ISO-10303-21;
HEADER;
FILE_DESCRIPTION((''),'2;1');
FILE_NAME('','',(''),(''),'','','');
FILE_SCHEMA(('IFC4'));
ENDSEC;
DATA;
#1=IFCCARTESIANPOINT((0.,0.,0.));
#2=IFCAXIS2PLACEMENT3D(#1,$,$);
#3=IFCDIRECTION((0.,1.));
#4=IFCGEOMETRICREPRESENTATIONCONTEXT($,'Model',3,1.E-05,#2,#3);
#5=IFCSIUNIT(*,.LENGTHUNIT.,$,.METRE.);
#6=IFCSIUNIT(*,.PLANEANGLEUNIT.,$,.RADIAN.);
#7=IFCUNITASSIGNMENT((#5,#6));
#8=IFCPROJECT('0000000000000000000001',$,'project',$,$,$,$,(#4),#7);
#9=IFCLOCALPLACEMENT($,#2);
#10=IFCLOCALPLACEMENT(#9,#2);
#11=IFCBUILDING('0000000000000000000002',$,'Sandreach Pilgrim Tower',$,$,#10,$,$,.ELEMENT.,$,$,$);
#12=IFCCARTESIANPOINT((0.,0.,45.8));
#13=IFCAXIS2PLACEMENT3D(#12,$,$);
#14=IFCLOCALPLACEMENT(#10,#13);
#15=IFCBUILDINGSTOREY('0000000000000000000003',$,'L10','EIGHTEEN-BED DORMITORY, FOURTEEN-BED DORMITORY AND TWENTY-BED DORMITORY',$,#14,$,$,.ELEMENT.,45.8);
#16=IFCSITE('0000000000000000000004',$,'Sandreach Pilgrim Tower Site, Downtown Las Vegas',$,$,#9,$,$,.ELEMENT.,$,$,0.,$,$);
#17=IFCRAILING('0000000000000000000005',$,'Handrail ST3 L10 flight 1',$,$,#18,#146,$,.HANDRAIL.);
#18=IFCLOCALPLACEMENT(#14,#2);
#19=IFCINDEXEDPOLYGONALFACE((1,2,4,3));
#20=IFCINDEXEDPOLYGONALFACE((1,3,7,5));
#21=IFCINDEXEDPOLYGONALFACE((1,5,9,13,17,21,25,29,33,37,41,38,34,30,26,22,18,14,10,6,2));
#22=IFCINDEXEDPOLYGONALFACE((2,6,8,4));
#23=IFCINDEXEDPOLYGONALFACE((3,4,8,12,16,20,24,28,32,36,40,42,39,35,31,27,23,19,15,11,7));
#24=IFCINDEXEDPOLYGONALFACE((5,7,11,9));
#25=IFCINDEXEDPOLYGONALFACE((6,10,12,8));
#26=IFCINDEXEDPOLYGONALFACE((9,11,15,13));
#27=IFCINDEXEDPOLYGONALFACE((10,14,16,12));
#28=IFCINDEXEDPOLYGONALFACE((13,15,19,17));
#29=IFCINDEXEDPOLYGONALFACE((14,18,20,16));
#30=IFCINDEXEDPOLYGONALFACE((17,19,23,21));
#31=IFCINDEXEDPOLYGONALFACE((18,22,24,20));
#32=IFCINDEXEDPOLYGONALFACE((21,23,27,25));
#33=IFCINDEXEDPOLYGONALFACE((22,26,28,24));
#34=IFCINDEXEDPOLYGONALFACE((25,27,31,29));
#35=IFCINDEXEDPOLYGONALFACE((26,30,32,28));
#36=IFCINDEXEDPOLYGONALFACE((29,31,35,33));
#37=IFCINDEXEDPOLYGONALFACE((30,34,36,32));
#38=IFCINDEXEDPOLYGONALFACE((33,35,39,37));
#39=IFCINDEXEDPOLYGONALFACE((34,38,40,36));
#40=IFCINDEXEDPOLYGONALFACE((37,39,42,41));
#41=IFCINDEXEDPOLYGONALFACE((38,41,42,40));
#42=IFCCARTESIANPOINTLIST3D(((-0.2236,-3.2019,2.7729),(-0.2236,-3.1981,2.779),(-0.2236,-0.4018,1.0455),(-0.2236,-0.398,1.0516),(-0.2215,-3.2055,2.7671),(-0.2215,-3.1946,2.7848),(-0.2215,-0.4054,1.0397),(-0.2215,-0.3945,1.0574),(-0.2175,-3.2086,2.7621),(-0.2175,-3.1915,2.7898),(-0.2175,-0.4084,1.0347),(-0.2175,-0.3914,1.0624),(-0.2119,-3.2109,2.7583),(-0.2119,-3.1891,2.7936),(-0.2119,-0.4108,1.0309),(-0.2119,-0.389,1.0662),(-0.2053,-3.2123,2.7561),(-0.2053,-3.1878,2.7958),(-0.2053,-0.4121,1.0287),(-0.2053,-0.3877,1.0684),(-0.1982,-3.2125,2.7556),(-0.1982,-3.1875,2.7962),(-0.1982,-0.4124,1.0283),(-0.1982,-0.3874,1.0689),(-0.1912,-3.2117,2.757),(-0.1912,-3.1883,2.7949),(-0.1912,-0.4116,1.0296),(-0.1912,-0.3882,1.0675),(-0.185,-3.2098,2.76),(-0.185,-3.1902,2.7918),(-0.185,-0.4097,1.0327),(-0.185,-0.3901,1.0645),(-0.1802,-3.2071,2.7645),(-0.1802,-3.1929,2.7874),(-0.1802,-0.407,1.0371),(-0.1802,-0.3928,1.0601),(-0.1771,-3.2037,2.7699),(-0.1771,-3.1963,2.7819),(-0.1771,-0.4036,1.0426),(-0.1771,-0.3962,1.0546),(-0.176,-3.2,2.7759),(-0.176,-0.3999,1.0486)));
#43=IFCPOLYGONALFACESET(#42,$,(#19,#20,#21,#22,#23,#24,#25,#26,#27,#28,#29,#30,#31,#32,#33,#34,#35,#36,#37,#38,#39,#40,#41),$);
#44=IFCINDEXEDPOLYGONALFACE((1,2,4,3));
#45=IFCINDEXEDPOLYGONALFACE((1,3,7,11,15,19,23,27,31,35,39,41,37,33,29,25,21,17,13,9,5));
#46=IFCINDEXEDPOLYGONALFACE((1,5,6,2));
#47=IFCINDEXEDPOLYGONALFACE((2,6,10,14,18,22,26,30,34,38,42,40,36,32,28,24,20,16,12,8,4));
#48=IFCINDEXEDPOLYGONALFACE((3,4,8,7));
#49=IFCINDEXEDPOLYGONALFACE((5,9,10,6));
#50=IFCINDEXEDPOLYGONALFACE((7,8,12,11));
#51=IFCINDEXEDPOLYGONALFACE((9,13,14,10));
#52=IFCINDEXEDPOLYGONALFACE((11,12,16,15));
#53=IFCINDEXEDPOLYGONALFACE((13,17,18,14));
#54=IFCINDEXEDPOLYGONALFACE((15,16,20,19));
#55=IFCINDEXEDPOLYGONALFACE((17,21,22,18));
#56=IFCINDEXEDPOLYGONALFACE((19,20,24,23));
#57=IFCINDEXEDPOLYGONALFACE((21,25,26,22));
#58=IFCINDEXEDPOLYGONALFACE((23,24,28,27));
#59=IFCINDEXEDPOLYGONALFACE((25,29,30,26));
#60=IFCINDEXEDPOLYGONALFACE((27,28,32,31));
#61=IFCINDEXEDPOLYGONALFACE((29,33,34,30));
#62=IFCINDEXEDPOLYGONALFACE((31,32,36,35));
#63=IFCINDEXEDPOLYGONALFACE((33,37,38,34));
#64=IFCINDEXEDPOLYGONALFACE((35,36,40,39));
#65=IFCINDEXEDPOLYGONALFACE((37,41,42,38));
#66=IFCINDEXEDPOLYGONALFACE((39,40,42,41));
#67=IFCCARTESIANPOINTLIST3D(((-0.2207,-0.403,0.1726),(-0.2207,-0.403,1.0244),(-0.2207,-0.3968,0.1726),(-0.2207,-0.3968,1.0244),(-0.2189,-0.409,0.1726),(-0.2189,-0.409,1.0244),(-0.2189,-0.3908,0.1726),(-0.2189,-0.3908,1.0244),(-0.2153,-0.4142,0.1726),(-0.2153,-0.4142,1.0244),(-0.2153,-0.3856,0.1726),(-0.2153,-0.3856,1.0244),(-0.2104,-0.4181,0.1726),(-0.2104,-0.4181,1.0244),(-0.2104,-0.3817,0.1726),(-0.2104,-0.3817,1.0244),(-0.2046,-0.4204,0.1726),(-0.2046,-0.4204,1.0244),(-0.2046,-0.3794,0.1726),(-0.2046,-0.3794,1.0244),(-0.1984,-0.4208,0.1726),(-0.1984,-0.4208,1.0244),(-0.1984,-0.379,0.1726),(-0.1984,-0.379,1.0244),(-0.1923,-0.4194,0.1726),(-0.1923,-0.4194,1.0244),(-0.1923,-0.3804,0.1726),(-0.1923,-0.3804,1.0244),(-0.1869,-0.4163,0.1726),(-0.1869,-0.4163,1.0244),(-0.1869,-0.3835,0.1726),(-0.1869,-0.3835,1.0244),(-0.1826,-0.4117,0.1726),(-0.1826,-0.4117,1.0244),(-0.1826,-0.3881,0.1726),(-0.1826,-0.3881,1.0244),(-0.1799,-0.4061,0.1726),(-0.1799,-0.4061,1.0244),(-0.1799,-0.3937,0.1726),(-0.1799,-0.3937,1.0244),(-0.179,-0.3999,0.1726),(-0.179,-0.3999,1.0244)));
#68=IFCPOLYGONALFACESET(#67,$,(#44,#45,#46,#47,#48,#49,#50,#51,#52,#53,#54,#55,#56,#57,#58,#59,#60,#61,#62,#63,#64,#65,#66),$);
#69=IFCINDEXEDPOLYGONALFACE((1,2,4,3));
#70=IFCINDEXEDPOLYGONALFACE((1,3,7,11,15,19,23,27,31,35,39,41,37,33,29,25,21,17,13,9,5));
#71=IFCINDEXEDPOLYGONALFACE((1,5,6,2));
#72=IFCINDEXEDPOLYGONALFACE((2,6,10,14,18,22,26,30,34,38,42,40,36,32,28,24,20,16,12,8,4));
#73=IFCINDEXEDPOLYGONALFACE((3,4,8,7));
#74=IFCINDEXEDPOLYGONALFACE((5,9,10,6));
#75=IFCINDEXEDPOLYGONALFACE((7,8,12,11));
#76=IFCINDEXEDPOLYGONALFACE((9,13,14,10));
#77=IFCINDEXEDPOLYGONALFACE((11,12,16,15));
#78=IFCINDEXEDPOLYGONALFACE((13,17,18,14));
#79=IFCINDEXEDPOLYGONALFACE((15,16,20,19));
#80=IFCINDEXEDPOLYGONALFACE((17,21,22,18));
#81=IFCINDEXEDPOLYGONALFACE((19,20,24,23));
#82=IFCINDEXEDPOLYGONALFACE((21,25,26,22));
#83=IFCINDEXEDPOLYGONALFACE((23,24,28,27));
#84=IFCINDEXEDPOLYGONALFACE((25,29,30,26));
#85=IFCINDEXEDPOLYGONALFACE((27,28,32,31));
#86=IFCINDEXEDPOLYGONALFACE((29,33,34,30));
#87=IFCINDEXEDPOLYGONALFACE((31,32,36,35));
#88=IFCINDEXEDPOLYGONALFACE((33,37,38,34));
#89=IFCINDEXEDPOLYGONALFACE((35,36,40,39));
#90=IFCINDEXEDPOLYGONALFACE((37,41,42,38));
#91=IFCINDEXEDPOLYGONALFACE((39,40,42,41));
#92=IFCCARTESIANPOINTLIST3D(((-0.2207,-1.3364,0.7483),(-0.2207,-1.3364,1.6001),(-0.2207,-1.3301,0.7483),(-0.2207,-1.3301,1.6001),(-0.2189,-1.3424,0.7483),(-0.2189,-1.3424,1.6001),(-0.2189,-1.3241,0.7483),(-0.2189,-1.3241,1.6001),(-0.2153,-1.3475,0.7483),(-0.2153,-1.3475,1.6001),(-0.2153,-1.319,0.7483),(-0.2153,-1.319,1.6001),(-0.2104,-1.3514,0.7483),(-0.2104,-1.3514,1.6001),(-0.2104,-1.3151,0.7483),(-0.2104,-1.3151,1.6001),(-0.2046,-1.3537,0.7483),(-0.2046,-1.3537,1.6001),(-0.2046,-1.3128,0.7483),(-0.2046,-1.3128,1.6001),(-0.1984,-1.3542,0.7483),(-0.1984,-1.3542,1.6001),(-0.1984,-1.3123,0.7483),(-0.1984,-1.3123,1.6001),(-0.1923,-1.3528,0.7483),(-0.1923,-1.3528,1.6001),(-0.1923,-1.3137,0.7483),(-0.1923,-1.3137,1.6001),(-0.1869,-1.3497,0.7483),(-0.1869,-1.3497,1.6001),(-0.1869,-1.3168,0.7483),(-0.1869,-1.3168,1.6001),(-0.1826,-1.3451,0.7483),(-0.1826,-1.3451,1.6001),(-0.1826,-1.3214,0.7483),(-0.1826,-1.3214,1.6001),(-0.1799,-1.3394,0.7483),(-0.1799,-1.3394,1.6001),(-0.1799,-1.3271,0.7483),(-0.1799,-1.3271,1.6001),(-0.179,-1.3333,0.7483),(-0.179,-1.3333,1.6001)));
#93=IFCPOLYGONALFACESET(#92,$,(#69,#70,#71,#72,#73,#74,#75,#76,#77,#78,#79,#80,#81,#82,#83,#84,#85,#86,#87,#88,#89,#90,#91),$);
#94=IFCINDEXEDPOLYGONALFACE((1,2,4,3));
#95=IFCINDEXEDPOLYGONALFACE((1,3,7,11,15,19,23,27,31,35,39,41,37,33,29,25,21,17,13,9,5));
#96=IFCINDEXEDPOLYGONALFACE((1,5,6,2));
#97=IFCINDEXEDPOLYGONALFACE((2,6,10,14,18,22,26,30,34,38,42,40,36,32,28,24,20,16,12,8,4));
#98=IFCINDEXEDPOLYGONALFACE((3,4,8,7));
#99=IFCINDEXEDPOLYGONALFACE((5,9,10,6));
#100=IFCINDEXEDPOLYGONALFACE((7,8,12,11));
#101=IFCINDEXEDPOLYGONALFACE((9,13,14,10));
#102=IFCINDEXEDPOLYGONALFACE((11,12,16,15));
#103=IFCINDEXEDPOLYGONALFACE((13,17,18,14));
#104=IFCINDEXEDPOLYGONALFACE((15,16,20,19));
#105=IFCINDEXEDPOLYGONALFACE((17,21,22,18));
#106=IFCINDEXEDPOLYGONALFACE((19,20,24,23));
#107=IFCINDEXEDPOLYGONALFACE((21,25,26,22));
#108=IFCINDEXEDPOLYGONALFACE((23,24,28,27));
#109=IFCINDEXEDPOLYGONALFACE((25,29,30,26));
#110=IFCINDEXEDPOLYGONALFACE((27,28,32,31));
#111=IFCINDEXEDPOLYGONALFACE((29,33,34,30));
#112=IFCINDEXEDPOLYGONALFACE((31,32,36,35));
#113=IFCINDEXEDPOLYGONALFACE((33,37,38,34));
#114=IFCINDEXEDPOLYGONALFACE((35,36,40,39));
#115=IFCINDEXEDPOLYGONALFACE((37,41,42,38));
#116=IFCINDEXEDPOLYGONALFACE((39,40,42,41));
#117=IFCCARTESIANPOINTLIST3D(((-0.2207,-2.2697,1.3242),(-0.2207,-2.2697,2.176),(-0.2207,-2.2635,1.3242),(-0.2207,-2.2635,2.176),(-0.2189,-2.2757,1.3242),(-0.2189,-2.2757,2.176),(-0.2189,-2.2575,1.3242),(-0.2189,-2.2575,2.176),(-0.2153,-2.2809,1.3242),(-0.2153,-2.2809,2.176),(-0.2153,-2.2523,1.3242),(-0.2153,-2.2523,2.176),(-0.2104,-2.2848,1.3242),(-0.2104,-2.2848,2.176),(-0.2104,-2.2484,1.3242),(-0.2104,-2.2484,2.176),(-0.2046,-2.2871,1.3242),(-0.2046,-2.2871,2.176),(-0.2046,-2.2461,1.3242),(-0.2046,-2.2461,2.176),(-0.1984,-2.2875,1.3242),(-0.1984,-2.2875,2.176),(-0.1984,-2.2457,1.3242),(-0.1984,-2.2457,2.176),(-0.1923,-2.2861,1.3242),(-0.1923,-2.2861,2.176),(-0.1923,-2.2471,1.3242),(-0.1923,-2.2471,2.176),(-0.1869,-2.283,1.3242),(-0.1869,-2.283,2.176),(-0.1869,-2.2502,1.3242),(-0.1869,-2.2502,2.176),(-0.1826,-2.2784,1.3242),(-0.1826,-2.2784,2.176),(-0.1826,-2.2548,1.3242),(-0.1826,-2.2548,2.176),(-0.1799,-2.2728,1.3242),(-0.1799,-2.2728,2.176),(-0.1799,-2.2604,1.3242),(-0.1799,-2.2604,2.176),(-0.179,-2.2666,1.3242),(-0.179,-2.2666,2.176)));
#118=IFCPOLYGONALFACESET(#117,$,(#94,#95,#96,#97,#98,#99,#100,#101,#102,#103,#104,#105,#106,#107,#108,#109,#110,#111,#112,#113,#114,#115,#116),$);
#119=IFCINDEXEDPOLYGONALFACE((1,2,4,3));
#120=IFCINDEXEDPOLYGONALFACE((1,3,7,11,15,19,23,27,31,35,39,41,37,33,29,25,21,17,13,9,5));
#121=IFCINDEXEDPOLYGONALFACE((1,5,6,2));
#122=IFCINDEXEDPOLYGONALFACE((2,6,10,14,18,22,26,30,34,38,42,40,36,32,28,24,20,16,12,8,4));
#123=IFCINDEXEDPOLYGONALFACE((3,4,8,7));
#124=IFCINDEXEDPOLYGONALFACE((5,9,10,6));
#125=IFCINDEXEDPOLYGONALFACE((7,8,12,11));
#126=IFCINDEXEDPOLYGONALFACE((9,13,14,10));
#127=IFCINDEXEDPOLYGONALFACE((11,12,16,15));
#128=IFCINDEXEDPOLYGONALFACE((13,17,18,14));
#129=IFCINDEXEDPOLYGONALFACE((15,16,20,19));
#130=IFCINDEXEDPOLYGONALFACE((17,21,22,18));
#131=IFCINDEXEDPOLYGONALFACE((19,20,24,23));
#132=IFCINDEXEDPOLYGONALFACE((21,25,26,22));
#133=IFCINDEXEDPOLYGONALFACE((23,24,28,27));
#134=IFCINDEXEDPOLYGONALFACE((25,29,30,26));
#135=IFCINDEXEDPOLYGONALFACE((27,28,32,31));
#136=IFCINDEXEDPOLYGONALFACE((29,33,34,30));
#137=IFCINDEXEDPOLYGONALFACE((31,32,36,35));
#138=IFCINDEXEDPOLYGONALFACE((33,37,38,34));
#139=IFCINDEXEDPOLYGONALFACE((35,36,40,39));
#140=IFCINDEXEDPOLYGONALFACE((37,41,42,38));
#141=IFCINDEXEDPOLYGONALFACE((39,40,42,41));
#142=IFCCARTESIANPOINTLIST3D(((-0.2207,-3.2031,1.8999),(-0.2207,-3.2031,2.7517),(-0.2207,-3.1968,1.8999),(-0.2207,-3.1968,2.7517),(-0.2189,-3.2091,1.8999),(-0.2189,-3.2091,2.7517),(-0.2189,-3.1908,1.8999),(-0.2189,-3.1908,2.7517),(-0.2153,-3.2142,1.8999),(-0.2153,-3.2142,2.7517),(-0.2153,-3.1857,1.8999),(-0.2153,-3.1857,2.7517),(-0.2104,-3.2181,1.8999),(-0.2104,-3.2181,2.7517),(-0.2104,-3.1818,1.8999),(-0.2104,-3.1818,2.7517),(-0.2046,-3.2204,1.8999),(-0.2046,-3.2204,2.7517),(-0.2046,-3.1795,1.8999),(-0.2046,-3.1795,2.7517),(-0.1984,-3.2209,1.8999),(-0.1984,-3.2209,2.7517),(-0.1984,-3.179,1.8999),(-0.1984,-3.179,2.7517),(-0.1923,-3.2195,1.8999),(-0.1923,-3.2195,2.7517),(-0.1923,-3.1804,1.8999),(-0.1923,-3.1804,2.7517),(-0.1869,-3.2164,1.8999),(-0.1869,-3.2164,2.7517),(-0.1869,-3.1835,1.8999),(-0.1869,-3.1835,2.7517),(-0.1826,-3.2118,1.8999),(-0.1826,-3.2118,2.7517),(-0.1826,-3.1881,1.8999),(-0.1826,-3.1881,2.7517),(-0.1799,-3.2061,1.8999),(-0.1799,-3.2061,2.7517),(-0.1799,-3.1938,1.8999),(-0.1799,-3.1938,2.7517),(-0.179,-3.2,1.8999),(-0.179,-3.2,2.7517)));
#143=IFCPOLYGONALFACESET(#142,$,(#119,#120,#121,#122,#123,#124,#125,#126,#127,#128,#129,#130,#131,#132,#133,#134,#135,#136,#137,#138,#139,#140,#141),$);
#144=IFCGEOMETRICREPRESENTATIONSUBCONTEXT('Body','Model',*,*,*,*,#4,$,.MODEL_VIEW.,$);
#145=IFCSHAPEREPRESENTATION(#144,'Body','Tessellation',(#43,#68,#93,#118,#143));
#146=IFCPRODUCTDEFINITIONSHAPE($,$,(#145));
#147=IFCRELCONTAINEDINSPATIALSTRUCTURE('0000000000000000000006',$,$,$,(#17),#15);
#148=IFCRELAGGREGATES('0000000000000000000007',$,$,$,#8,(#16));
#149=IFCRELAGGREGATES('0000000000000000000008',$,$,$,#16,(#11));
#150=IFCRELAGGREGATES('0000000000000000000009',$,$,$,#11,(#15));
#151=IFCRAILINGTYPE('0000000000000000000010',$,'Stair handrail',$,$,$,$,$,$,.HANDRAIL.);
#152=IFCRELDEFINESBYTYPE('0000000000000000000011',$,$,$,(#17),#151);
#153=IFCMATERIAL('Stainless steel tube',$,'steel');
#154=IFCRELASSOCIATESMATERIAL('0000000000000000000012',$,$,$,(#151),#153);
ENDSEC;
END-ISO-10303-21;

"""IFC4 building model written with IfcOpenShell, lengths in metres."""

from ifc_helpers import new_model, si_unit, direction, frame, origin, origin_2d, place, context, subcontext, project, spatial, circle, extrude, material, type_object, element, save


model = new_model("IFC4")

# Units and contexts
model_context = context("Model", 3, precision=1e-05, world=origin(), true_north=direction((0.0, 1.0)))
body_context = subcontext(model_context, "Body", "Model", "MODEL_VIEW")
ifc_project = project(units=[si_unit("LENGTHUNIT", "METRE"), si_unit("PLANEANGLEUNIT", "RADIAN")], contexts=[model_context])

# Site, building, storey
site_placement = place(None, origin())
site = spatial("IfcSite", under=ifc_project, at=site_placement, Name="Sandreach Pilgrim Tower Site, Downtown Las Vegas", CompositionType="ELEMENT", RefElevation=0.0)
building_placement = place(site_placement, origin())
building = spatial("IfcBuilding", under=site, at=building_placement, Name="Sandreach Pilgrim Tower", CompositionType="ELEMENT")
storey_placement = place(building_placement, frame((0.0, 0.0, 45.8)))
storey = spatial("IfcBuildingStorey", under=building, at=storey_placement, Name="L10", Description="EIGHTEEN-BED DORMITORY, FOURTEEN-BED DORMITORY AND TWENTY-BED DORMITORY", CompositionType="ELEMENT", Elevation=45.8)

# Railing
ifc_material_1 = material(Name="Stainless steel tube", Category="steel")
railing_type = type_object("IfcRailingType", Name="Stair handrail", PredefinedType="HANDRAIL", material=ifc_material_1)
for number, where, name in (
    (1, (-0.2, -0.3999, 0.1726), "Handrail ST3 L10 flight 1"),
):
    element("IfcRailing", number, at=place(storey_placement, frame(where)), inside=storey, type_object=railing_type, Name=name, PredefinedType="HANDRAIL", context=body_context, shape_type="SweptSolid", body=[
        extrude(circle(Radius=0.0239, at=origin_2d()), frame((0.0, 0.0, 0.876), z_axis=(0.0, -0.85109, 0.52502), x_axis=(1.0, 0.0, 0.0)), (0.0, 0.0, 1.0), 3.29),
        extrude(circle(Radius=0.021, at=origin_2d()), origin(), (0.0, 0.0, 1.0), 0.8518),
        extrude(circle(Radius=0.021, at=origin_2d()), frame((0.0, -0.9333, 0.5757)), (0.0, 0.0, 1.0), 0.8518),
        extrude(circle(Radius=0.021, at=origin_2d()), frame((0.0, -1.8667, 1.1516)), (0.0, 0.0, 1.0), 0.8518),
        extrude(circle(Radius=0.021, at=origin_2d()), frame((0.0, -2.8, 1.7273)), (0.0, 0.0, 1.0), 0.8518),
    ])

save(model, "model.ifc")
